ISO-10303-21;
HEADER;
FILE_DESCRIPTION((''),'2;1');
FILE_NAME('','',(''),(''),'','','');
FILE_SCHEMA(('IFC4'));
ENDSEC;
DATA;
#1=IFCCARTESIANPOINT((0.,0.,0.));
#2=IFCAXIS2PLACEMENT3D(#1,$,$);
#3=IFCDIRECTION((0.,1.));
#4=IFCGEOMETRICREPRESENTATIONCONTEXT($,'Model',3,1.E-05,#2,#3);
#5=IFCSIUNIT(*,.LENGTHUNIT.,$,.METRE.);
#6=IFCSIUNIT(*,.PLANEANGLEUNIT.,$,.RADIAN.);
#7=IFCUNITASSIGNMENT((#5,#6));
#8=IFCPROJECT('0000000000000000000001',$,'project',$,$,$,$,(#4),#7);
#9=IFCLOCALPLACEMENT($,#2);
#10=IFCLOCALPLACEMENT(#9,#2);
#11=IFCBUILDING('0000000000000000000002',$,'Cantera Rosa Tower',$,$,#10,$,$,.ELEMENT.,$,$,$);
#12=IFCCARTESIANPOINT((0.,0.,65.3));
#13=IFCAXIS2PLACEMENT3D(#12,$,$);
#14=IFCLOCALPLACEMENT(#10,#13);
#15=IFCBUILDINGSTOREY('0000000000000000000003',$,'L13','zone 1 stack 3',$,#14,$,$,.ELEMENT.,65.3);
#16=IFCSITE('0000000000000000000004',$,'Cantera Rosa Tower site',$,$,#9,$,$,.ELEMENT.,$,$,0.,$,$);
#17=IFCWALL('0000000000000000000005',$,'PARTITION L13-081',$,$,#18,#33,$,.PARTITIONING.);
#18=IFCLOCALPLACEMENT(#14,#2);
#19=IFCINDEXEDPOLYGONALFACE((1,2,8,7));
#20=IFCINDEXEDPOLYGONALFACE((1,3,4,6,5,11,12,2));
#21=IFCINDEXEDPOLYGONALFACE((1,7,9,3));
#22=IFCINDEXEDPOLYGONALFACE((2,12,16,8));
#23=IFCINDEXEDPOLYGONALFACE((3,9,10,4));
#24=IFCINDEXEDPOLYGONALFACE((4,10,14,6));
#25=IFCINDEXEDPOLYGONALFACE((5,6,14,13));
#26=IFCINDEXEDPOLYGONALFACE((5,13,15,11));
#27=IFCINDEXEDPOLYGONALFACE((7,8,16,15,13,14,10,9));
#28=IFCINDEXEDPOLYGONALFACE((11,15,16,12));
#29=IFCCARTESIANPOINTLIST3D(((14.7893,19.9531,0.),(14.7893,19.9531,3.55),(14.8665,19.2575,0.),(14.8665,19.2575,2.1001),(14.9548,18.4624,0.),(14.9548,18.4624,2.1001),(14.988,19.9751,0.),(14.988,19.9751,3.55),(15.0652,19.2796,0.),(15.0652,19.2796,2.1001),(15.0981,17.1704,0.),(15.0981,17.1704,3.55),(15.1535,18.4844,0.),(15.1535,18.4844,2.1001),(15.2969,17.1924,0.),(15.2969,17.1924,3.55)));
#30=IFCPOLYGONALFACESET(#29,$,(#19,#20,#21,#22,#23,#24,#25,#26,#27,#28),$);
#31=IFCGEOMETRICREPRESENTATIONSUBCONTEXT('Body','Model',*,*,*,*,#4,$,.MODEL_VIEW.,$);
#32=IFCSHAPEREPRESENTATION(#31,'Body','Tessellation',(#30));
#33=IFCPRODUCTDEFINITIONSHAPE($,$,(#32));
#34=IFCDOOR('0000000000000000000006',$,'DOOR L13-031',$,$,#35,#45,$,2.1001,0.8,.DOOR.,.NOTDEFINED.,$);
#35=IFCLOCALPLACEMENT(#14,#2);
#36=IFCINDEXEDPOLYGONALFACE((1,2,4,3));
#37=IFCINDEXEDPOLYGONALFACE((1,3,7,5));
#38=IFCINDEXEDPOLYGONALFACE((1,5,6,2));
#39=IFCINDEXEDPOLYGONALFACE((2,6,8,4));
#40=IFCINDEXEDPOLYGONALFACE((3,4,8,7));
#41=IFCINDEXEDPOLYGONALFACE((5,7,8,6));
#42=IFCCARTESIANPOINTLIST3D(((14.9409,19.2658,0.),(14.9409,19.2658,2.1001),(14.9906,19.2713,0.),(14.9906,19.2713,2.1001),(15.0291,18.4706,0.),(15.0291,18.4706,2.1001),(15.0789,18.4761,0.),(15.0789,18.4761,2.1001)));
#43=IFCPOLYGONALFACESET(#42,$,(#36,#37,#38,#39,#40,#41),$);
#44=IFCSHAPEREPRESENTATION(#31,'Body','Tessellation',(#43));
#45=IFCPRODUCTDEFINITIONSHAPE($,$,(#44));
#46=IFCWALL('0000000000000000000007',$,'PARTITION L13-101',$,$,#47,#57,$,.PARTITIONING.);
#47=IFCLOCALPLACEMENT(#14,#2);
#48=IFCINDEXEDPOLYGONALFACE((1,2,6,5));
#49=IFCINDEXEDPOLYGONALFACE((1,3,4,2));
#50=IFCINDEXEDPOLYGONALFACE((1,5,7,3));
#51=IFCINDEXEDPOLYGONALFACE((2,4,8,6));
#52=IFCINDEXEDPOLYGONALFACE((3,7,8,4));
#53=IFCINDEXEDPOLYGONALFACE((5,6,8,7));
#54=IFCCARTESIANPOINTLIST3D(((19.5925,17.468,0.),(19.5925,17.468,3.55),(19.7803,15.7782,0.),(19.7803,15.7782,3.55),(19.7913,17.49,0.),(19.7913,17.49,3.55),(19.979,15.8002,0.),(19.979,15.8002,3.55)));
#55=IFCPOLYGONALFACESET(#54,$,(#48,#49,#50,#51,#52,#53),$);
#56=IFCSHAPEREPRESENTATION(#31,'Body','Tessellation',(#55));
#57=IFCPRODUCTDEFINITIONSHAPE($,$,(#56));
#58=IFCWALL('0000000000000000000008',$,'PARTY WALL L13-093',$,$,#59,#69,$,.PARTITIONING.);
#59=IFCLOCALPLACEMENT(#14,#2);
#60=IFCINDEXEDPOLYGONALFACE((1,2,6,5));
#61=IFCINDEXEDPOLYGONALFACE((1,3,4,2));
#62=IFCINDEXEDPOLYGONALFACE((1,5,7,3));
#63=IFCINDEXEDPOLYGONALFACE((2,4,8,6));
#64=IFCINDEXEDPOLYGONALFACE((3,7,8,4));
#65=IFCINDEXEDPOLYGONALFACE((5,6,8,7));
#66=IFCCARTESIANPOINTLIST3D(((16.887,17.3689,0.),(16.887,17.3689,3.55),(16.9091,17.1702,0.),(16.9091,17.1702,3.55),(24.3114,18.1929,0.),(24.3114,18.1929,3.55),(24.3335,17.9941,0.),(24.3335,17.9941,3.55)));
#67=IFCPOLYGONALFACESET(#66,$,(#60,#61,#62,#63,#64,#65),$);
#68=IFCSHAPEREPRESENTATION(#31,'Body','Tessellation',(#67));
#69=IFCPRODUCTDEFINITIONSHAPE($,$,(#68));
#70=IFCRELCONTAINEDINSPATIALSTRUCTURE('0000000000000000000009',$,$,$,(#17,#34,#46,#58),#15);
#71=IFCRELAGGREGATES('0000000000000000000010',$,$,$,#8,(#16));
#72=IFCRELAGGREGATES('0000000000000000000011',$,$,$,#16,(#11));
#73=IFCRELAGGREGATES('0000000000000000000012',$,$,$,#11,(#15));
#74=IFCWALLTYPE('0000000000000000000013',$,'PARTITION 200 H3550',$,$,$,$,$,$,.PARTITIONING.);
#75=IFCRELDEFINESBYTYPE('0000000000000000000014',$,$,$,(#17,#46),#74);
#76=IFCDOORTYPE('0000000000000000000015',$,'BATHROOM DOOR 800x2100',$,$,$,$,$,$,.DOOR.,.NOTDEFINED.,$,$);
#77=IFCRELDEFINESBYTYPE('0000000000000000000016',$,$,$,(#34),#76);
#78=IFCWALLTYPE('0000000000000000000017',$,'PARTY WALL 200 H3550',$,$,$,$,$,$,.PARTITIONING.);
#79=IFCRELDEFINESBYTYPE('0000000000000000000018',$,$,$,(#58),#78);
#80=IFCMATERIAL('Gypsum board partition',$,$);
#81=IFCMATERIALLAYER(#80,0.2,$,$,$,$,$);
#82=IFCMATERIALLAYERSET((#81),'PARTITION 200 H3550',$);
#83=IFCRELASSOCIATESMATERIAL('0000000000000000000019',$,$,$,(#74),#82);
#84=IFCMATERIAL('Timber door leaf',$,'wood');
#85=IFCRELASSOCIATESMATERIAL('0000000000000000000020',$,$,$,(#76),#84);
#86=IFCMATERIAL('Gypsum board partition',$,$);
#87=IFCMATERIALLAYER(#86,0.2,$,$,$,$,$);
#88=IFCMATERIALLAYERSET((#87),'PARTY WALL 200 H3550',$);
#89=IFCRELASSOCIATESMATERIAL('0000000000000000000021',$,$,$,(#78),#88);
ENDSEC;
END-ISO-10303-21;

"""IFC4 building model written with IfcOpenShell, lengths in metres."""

from ifc_helpers import new_model, si_unit, direction, frame, frame_2d, origin, place, context, subcontext, project, spatial, rectangle, extrude, material, layer, layer_set, type_object, element, fill, save


model = new_model("IFC4")

# Units and contexts
model_context = context("Model", 3, precision=1e-05, world=origin(), true_north=direction((0.0, 1.0)))
body_context = subcontext(model_context, "Body", "Model", "MODEL_VIEW")
ifc_project = project(units=[si_unit("LENGTHUNIT", "METRE"), si_unit("PLANEANGLEUNIT", "RADIAN")], contexts=[model_context])

# Site, building, storey
site_placement = place(None, origin())
site = spatial("IfcSite", under=ifc_project, at=site_placement, Name="Cantera Rosa Tower site", CompositionType="ELEMENT", RefElevation=0.0)
building_placement = place(site_placement, origin())
building = spatial("IfcBuilding", under=site, at=building_placement, Name="Cantera Rosa Tower", CompositionType="ELEMENT")
storey_placement = place(building_placement, frame((0.0, 0.0, 65.3)))
storey = spatial("IfcBuildingStorey", under=building, at=storey_placement, Name="L13", Description="zone 1 stack 3", CompositionType="ELEMENT", Elevation=65.3)

# Shared definitions
ifc_material_1 = material(Name="Gypsum board partition")
ifc_layer_1 = layer(ifc_material_1, 0.2)
ifc_layer_set_1 = layer_set([ifc_layer_1], Name="PARTITION 200 H3550")
wall_type_1 = type_object("IfcWallType", Name="PARTITION 200 H3550", PredefinedType="PARTITIONING", material=ifc_layer_set_1)

# Wall, opening, door
wall_1_placement = place(storey_placement, frame((14.8887, 19.9641, 0.0), z_axis=(0.0, 0.0, 1.0), x_axis=(0.110307, -0.993898, 0.0)))
wall_1 = element("IfcWall", 1, at=wall_1_placement, inside=storey, type_object=wall_type_1, Name="PARTITION L13-081", PredefinedType="PARTITIONING", context=body_context, shape_type="SweptSolid", body=[
    extrude(rectangle(XDim=2.7998, YDim=0.2, at=frame_2d((1.3999, 0.0))), origin(), (0.0, 0.0, 1.0), 3.55),
])
opening_1_placement = place(wall_1_placement, frame((0.7, 0.0, 0.0)))
opening_1 = element("IfcOpeningElement", 2, at=opening_1_placement, cuts=wall_1, PredefinedType="OPENING", context=body_context, shape_type="SweptSolid", body=[
    extrude(rectangle(XDim=0.8, YDim=2.1001, at=frame_2d((0.3999, 1.05))), frame((0.0, 0.1099, 0.0), z_axis=(0.0, -1.0, 0.0), x_axis=(1.0, 0.0, 0.0)), (0.0, 0.0, 1.0), 0.22),
])
ifc_material_2 = material(Name="Timber door leaf", Category="wood")
door_type_1 = type_object("IfcDoorType", Name="BATHROOM DOOR 800x2100", OperationType="NOTDEFINED", PredefinedType="DOOR", material=ifc_material_2)
door_1_placement = place(opening_1_placement, origin())
door_1 = element("IfcDoor", 3, at=door_1_placement, inside=storey, type_object=door_type_1, Name="DOOR L13-031", OperationType="NOTDEFINED", OverallHeight=2.1001, OverallWidth=0.8, PredefinedType="DOOR", context=body_context, shape_type="SweptSolid", body=[
    extrude(rectangle(XDim=0.8, YDim=2.1001, at=frame_2d((0.3999, 1.05))), frame((0.0, 0.0249, 0.0), z_axis=(0.0, -1.0, 0.0), x_axis=(1.0, 0.0, 0.0)), (0.0, 0.0, 1.0), 0.05),
])
fill(opening_1, door_1)

# Walls
wall_2_placement = place(storey_placement, frame((19.6919, 17.479, 0.0), z_axis=(0.0, 0.0, 1.0), x_axis=(0.110432, -0.993884, 0.0)))
element("IfcWall", 4, at=wall_2_placement, inside=storey, type_object=wall_type_1, Name="PARTITION L13-101", PredefinedType="PARTITIONING", context=body_context, shape_type="SweptSolid", body=[
    extrude(rectangle(XDim=1.7002, YDim=0.2, at=frame_2d((0.8501, 0.0))), origin(), (0.0, 0.0, 1.0), 3.55),
])
ifc_material_3 = material(Name="Gypsum board partition")
ifc_layer_2 = layer(ifc_material_3, 0.2)
ifc_layer_set_2 = layer_set([ifc_layer_2], Name="PARTY WALL 200 H3550")
wall_type_2 = type_object("IfcWallType", Name="PARTY WALL 200 H3550", PredefinedType="PARTITIONING", material=ifc_layer_set_2)
wall_3_placement = place(storey_placement, frame((16.8982, 17.2695, 0.0), z_axis=(0.0, 0.0, 1.0), x_axis=(0.993898, 0.110306, 0.0)))
element("IfcWall", 5, at=wall_3_placement, inside=storey, type_object=wall_type_2, Name="PARTY WALL L13-093", PredefinedType="PARTITIONING", context=body_context, shape_type="SweptSolid", body=[
    extrude(rectangle(XDim=7.47, YDim=0.2, at=frame_2d((3.7349, 0.0))), origin(), (0.0, 0.0, 1.0), 3.55),
])

save(model, "model.ifc")
